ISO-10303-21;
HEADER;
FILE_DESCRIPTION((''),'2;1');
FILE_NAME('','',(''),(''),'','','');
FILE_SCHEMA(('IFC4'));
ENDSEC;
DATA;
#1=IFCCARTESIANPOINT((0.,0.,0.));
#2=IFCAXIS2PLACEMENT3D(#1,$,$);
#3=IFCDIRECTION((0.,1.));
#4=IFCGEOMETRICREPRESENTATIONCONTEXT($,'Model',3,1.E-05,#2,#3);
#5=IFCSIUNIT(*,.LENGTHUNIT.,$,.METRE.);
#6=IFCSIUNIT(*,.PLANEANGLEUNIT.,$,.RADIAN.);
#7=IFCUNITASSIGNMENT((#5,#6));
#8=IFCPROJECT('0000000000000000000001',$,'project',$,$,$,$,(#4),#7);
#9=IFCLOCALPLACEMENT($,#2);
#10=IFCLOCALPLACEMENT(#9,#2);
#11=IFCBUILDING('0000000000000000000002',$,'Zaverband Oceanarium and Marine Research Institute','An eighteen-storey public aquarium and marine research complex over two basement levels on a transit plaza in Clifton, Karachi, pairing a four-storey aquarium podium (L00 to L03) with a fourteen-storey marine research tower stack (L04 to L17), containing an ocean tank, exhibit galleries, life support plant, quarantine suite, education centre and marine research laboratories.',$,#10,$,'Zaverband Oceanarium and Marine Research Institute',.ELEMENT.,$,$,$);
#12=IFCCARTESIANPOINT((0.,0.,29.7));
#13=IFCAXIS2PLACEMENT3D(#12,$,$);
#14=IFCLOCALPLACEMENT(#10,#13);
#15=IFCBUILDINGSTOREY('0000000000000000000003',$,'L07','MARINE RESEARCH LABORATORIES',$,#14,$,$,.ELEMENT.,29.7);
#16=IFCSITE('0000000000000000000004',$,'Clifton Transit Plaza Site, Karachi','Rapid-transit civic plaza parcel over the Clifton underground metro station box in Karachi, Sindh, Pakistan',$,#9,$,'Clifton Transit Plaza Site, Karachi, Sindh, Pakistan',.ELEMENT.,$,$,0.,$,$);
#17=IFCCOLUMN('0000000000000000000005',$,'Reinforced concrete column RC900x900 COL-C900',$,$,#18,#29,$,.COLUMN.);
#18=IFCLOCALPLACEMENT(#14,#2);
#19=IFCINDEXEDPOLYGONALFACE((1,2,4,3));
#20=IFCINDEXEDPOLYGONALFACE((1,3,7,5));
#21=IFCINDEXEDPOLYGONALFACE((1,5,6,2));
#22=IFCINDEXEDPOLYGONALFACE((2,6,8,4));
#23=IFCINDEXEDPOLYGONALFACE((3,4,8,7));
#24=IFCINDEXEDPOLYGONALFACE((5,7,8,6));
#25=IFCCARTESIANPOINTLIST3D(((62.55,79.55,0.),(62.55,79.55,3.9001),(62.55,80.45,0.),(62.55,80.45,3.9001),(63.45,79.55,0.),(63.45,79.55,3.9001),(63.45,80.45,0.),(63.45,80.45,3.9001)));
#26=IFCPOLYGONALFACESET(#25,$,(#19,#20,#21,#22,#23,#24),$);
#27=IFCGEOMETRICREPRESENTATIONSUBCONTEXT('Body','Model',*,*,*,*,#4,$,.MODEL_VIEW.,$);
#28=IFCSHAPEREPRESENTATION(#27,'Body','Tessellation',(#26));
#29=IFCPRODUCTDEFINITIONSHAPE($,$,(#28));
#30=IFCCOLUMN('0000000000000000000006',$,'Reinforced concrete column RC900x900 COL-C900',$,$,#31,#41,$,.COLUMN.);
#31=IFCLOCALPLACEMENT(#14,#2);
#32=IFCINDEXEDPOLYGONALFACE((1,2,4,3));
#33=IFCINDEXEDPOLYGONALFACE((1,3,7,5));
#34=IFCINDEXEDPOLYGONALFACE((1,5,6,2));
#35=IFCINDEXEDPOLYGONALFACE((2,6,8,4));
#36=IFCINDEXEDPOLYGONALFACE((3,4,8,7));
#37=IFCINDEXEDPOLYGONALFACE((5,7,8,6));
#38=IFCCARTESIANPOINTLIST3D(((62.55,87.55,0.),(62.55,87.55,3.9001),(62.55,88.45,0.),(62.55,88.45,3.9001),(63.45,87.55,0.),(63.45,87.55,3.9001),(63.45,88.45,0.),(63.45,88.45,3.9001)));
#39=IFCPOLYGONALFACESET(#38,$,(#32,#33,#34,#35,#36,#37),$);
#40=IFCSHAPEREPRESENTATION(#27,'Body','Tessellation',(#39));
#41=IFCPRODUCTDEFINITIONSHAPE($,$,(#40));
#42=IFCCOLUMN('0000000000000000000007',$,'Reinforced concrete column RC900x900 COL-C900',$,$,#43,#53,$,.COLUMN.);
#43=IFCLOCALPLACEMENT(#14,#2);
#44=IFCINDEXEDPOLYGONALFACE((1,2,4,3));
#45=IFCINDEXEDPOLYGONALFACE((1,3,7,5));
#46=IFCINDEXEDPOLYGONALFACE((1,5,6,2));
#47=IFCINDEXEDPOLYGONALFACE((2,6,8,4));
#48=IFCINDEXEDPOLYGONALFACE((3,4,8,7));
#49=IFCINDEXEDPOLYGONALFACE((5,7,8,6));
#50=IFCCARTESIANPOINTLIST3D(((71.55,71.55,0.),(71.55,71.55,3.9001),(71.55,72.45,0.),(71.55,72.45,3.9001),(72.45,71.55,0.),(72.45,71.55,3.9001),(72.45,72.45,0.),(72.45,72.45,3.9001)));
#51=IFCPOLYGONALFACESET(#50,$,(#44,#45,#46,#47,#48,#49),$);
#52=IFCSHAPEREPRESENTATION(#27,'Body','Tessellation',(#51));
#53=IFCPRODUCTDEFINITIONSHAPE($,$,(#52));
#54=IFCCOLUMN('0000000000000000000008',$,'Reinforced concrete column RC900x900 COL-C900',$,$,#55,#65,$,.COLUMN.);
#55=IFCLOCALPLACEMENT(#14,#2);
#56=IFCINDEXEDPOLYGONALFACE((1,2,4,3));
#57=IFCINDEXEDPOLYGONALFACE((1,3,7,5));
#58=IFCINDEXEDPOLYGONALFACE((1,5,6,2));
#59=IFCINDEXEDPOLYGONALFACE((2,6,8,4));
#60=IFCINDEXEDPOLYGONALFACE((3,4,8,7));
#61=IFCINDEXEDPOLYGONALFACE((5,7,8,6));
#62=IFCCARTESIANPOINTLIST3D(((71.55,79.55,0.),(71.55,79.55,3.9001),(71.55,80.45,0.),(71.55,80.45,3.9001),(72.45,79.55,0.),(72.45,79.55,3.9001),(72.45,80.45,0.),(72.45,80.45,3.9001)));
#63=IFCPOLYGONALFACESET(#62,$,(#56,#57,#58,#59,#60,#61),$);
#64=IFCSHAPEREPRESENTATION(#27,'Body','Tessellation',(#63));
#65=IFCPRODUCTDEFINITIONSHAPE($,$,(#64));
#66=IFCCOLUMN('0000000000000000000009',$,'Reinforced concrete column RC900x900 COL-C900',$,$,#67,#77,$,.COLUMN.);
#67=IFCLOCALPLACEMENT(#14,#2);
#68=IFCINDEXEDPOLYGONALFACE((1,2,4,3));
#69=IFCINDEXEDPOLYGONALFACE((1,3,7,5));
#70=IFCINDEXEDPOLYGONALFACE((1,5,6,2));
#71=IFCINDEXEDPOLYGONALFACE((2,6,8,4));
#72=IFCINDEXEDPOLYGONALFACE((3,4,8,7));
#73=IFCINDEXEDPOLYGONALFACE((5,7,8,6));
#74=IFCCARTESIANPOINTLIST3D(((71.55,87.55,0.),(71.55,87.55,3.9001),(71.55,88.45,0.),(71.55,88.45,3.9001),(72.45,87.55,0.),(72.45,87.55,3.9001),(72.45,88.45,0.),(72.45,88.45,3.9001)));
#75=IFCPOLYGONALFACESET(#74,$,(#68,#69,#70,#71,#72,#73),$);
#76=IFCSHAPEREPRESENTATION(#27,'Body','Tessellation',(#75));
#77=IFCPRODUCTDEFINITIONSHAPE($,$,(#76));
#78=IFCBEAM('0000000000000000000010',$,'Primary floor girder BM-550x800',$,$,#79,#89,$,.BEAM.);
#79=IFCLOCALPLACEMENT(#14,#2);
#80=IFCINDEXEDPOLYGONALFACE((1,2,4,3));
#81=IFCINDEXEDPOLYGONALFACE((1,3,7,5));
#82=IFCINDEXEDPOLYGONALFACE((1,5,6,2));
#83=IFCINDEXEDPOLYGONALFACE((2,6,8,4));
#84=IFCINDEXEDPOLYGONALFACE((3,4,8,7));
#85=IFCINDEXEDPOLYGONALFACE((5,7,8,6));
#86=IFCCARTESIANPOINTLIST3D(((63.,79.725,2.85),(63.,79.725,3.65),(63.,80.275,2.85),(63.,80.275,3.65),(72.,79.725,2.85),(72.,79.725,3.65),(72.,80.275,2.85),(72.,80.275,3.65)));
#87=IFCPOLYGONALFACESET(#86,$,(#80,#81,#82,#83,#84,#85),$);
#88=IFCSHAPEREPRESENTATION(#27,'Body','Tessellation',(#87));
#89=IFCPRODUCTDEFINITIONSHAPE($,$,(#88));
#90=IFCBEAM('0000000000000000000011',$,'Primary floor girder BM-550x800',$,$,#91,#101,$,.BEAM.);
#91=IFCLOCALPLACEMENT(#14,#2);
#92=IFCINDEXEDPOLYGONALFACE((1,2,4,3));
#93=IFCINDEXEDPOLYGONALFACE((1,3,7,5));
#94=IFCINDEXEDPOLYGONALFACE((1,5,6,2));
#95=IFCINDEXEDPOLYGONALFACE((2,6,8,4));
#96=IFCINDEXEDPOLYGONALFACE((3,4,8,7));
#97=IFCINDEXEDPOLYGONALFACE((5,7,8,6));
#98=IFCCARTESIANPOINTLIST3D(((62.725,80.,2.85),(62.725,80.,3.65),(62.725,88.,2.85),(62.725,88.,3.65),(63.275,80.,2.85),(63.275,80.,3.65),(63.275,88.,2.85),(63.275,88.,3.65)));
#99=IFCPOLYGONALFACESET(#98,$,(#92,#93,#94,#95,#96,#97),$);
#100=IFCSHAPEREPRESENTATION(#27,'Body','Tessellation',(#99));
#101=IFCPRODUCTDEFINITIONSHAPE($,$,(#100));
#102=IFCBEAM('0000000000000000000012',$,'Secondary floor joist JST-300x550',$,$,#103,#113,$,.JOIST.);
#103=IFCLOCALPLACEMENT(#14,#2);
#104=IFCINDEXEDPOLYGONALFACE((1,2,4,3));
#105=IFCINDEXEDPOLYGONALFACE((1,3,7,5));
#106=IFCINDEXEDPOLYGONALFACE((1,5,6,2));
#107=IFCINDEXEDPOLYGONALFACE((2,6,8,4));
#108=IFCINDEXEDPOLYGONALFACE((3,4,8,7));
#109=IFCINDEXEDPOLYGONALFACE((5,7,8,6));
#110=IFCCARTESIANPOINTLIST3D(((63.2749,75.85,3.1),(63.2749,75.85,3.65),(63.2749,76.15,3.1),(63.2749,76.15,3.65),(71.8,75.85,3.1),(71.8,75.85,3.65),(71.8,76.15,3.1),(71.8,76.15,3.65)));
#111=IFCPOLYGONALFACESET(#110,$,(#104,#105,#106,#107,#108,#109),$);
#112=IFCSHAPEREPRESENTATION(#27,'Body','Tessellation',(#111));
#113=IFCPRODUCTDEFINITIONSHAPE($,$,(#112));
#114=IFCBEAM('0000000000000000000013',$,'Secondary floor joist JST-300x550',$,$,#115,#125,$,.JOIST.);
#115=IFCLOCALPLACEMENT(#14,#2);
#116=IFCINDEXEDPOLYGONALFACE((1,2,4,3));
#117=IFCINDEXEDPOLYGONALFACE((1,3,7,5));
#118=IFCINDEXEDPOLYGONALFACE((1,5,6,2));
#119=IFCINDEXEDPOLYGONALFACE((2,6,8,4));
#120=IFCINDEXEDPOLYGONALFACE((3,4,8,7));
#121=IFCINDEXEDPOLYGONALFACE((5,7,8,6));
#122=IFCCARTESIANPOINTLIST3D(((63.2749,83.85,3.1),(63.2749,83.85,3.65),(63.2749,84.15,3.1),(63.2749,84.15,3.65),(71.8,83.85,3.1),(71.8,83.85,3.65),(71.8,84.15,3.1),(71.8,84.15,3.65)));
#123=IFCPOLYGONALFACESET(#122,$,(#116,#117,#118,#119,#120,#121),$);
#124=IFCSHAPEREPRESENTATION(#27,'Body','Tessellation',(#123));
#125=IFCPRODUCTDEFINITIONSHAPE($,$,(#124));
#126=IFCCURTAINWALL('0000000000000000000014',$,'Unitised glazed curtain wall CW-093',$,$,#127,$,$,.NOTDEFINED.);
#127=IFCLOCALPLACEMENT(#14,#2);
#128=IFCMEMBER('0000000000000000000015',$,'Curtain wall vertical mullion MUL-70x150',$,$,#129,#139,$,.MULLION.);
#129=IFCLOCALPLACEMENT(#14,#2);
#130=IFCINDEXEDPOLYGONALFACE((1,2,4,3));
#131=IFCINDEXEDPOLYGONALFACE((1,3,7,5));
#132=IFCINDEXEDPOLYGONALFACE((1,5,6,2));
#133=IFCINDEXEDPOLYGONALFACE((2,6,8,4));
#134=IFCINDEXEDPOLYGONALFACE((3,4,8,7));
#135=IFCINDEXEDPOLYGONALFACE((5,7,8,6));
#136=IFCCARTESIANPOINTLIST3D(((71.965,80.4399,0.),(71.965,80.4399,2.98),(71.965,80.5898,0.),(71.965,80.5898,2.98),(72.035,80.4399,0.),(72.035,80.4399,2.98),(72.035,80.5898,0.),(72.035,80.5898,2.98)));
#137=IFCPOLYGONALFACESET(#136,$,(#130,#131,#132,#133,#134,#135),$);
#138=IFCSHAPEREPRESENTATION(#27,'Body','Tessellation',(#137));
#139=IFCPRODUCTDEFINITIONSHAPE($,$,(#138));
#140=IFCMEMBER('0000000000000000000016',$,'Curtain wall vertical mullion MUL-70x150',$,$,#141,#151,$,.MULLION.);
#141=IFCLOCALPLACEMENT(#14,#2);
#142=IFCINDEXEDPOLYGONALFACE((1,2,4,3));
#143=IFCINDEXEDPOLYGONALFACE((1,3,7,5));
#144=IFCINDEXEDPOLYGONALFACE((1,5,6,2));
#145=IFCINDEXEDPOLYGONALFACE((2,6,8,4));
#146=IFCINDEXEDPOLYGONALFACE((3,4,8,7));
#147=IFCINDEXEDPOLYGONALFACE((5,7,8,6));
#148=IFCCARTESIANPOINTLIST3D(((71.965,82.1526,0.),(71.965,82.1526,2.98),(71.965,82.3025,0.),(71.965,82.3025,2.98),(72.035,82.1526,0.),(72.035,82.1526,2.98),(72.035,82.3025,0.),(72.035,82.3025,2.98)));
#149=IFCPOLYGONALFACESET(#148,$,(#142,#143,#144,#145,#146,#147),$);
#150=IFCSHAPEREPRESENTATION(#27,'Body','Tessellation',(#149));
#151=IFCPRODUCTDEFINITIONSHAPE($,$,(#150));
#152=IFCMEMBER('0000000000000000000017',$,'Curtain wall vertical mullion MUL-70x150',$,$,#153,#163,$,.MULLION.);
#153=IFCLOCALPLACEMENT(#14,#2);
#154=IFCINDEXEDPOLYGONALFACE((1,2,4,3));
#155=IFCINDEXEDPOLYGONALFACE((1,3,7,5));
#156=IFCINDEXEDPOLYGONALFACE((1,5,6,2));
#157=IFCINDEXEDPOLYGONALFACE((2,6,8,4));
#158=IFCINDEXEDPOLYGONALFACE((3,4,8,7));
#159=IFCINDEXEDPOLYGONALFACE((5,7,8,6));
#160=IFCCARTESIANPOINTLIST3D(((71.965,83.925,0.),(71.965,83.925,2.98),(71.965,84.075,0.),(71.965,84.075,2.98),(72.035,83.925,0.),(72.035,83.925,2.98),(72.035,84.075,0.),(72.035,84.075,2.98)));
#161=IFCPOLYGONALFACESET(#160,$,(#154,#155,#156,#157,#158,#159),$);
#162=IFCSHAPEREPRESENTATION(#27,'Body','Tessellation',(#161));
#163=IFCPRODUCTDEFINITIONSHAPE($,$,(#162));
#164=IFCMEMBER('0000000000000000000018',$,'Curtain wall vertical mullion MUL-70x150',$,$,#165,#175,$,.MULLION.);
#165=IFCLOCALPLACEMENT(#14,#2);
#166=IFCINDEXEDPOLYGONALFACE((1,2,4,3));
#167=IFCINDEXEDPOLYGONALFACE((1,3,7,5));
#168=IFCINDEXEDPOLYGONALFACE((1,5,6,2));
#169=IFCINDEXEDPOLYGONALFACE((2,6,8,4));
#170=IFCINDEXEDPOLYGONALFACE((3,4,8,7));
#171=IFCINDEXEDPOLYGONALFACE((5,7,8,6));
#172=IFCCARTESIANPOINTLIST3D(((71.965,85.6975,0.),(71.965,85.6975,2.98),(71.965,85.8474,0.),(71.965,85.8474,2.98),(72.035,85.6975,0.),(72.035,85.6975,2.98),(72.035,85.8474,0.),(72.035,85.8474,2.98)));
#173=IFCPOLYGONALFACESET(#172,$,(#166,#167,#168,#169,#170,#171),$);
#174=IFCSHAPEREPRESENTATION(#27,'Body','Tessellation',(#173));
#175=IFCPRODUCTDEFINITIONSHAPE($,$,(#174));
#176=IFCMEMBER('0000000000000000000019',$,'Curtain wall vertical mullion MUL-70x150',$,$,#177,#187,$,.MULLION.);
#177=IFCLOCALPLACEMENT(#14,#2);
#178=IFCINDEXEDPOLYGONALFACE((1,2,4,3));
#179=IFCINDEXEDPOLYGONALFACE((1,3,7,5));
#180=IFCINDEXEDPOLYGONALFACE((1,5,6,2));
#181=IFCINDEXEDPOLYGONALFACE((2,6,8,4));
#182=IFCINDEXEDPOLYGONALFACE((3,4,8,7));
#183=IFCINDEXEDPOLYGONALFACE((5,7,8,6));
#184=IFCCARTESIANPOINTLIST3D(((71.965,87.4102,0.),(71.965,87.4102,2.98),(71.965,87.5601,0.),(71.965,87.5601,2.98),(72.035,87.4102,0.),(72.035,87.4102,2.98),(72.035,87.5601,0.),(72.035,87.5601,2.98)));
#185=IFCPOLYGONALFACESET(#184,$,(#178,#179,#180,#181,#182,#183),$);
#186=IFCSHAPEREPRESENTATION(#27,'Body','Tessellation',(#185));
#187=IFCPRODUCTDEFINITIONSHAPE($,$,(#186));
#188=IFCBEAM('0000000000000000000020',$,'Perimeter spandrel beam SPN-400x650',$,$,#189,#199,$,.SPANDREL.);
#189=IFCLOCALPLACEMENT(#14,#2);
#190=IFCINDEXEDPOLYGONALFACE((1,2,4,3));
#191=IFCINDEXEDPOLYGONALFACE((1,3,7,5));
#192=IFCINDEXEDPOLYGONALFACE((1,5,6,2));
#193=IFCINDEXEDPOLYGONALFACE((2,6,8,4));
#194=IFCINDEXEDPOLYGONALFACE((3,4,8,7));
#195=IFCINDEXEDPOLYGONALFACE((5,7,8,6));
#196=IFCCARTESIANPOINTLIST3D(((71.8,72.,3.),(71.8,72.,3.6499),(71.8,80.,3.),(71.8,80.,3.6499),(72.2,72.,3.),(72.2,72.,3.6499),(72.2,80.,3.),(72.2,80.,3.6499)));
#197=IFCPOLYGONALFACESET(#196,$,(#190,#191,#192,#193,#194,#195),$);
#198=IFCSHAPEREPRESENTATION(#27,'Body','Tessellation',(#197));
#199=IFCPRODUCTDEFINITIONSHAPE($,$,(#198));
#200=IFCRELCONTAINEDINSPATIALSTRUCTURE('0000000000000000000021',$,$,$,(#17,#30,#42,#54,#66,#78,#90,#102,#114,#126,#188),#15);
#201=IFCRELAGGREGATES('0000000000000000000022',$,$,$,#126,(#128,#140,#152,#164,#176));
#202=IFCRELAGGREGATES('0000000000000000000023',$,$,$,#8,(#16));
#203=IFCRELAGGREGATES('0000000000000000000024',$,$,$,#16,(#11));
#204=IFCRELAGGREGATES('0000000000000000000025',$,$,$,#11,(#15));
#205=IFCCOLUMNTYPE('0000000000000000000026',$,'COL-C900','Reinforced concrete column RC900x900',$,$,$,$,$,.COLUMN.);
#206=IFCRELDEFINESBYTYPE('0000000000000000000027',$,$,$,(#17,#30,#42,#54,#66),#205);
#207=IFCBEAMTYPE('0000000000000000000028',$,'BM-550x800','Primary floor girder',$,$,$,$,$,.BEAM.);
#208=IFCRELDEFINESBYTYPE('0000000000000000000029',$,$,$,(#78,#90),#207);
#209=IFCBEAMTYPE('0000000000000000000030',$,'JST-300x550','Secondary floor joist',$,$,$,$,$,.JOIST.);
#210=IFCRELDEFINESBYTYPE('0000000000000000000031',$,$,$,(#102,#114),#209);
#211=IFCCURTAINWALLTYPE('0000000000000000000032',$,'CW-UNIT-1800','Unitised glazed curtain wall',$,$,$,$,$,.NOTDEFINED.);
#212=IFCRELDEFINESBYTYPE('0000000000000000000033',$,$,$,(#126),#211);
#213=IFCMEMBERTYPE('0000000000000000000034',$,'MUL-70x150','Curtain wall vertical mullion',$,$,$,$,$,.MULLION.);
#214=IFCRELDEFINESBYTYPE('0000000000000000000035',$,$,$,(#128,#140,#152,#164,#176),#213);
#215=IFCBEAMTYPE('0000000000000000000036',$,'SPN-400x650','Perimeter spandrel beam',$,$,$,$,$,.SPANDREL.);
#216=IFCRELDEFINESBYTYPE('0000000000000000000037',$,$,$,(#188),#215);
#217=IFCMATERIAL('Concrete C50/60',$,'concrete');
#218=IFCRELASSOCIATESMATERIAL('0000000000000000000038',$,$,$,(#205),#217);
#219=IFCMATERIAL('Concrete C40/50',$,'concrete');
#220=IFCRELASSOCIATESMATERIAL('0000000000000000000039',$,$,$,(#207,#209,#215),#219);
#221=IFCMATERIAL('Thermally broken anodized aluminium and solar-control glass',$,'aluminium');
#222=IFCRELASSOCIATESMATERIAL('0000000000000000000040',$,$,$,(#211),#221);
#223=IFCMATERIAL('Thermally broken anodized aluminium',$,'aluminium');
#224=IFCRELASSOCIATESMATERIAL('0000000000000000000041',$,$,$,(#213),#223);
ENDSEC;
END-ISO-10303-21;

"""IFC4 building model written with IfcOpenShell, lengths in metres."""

from ifc_helpers import new_model, si_unit, direction, frame, origin, origin_2d, place, context, subcontext, project, spatial, rectangle, extrude, material, material_profile, profile_set, type_object, element, aggregate, save


model = new_model("IFC4")

# Units and contexts
model_context = context("Model", 3, precision=1e-05, world=origin(), true_north=direction((0.0, 1.0)))
body_context = subcontext(model_context, "Body", "Model", "MODEL_VIEW")
ifc_project = project(units=[si_unit("LENGTHUNIT", "METRE"), si_unit("PLANEANGLEUNIT", "RADIAN")], contexts=[model_context])

# Site, building, storey
site_placement = place(None, origin())
site = spatial("IfcSite", under=ifc_project, at=site_placement, Name="Clifton Transit Plaza Site, Karachi", Description="Rapid-transit civic plaza parcel over the Clifton underground metro station box in Karachi, Sindh, Pakistan", LongName="Clifton Transit Plaza Site, Karachi, Sindh, Pakistan", CompositionType="ELEMENT", RefElevation=0.0)
building_placement = place(site_placement, origin())
building = spatial("IfcBuilding", under=site, at=building_placement, Name="Zaverband Oceanarium and Marine Research Institute", Description="An eighteen-storey public aquarium and marine research complex over two basement levels on a transit plaza in Clifton, Karachi, pairing a four-storey aquarium podium (L00 to L03) with a fourteen-storey marine research tower stack (L04 to L17), containing an ocean tank, exhibit galleries, life support plant, quarantine suite, education centre and marine research laboratories.", LongName="Zaverband Oceanarium and Marine Research Institute", CompositionType="ELEMENT")
storey_placement = place(building_placement, frame((0.0, 0.0, 29.7)))
storey = spatial("IfcBuildingStorey", under=building, at=storey_placement, Name="L07", Description="MARINE RESEARCH LABORATORIES", CompositionType="ELEMENT", Elevation=29.7)

# Columns
ifc_material_1 = material(Name="Concrete C50/60", Category="concrete")
ifc_material_profile_1 = material_profile(ifc_material_1, rectangle(XDim=0.8999, YDim=0.8999, at=origin_2d()), Name="RC900x900")
ifc_profile_set_1 = profile_set([ifc_material_profile_1], Name="Concrete C50/60")
column_type = type_object("IfcColumnType", Name="COL-C900", Description="Reinforced concrete column RC900x900", PredefinedType="COLUMN", material=ifc_profile_set_1)
for number, where, z_axis, x_axis, name in (
    (1, (63.0, 80.0, 0.0), (0.0, 0.0, 1.0), (1.0, 0.0, 0.0), "Reinforced concrete column RC900x900 COL-C900"),
    (2, (63.0, 88.0, 0.0), (0.0, 0.0, 1.0), (1.0, 0.0, 0.0), "Reinforced concrete column RC900x900 COL-C900"),
    (3, (72.0, 72.0, 0.0), (0.0, 0.0, 1.0), (1.0, 0.0, 0.0), "Reinforced concrete column RC900x900 COL-C900"),
    (4, (72.0, 80.0, 0.0), (0.0, 0.0, 1.0), (1.0, 0.0, 0.0), "Reinforced concrete column RC900x900 COL-C900"),
    (5, (72.0, 88.0, 0.0), (0.0, 0.0, 1.0), (1.0, 0.0, 0.0), "Reinforced concrete column RC900x900 COL-C900"),
):
    element("IfcColumn", number, at=place(storey_placement, frame(where, z_axis=z_axis, x_axis=x_axis)), inside=storey, type_object=column_type, Name=name, PredefinedType="COLUMN", context=body_context, shape_type="SweptSolid", body=[
        extrude(rectangle(XDim=0.8999, YDim=0.8999, at=origin_2d()), origin(), (0.0, 0.0, 1.0), 3.9001),
    ])

# Beams
ifc_material_2 = material(Name="Concrete C40/50", Category="concrete")
ifc_material_profile_2 = material_profile(ifc_material_2, rectangle(XDim=0.55, YDim=0.8, at=origin_2d()), Name="RC550x800")
ifc_profile_set_2 = profile_set([ifc_material_profile_2], Name="Concrete C40/50")
beam_type_1 = type_object("IfcBeamType", Name="BM-550x800", Description="Primary floor girder", PredefinedType="BEAM", material=ifc_profile_set_2)
beam_1_placement = place(storey_placement, frame((63.0, 80.0, 3.25), z_axis=(1.0, 0.0, 0.0), x_axis=(0.0, 1.0, 0.0)))
element("IfcBeam", 6, at=beam_1_placement, inside=storey, type_object=beam_type_1, Name="Primary floor girder BM-550x800", PredefinedType="BEAM", context=body_context, shape_type="SweptSolid", body=[
    extrude(rectangle(XDim=0.55, YDim=0.8, at=origin_2d()), origin(), (0.0, 0.0, 1.0), 9.0),
])
beam_2_placement = place(storey_placement, frame((63.0, 80.0, 3.25), z_axis=(0.0, 1.0, 0.0), x_axis=(-1.0, 0.0, 0.0)))
element("IfcBeam", 7, at=beam_2_placement, inside=storey, type_object=beam_type_1, Name="Primary floor girder BM-550x800", PredefinedType="BEAM", context=body_context, shape_type="SweptSolid", body=[
    extrude(rectangle(XDim=0.55, YDim=0.8, at=origin_2d()), origin(), (0.0, 0.0, 1.0), 8.0),
])
ifc_material_profile_3 = material_profile(ifc_material_2, rectangle(XDim=0.3, YDim=0.55, at=origin_2d()), Name="RC300x550")
ifc_profile_set_3 = profile_set([ifc_material_profile_3], Name="Concrete C40/50")
beam_type_2 = type_object("IfcBeamType", Name="JST-300x550", Description="Secondary floor joist", PredefinedType="JOIST", material=ifc_profile_set_3)
for number, where, z_axis, x_axis, name in (
    (8, (63.2749, 76.0, 3.375), (1.0, 0.0, 0.0), (0.0, 1.0, 0.0), "Secondary floor joist JST-300x550"),
    (9, (63.2749, 84.0, 3.375), (1.0, 0.0, 0.0), (0.0, 1.0, 0.0), "Secondary floor joist JST-300x550"),
):
    element("IfcBeam", number, at=place(storey_placement, frame(where, z_axis=z_axis, x_axis=x_axis)), inside=storey, type_object=beam_type_2, Name=name, PredefinedType="JOIST", context=body_context, shape_type="SweptSolid", body=[
        extrude(rectangle(XDim=0.3, YDim=0.55, at=origin_2d()), origin(), (0.0, 0.0, 1.0), 8.5251),
    ])

# Curtain wall, members
ifc_material_3 = material(Name="Thermally broken anodized aluminium and solar-control glass", Category="aluminium")
curtain_wall_type = type_object("IfcCurtainWallType", Name="CW-UNIT-1800", Description="Unitised glazed curtain wall", PredefinedType="NOTDEFINED", material=ifc_material_3)
curtain_wall_placement = place(storey_placement, origin())
curtain_wall = element("IfcCurtainWall", 10, at=curtain_wall_placement, inside=storey, type_object=curtain_wall_type, Name="Unitised glazed curtain wall CW-093", PredefinedType="NOTDEFINED")
ifc_material_4 = material(Name="Thermally broken anodized aluminium", Category="aluminium")
ifc_material_profile_4 = material_profile(ifc_material_4, rectangle(XDim=0.0701, YDim=0.1499, at=origin_2d()), Name="AL-MUL-70x150")
ifc_profile_set_4 = profile_set([ifc_material_profile_4], Name="Thermally broken anodized aluminium")
member_type_1 = type_object("IfcMemberType", Name="MUL-70x150", Description="Curtain wall vertical mullion", PredefinedType="MULLION", material=ifc_profile_set_4)
member_1_placement = place(storey_placement, frame((72.0, 80.5149, 0.0), z_axis=(0.0, 0.0, 1.0), x_axis=(1.0, 0.0, 0.0)))
member_1 = element("IfcMember", 11, at=member_1_placement, type_object=member_type_1, Name="Curtain wall vertical mullion MUL-70x150", PredefinedType="MULLION", context=body_context, shape_type="SweptSolid", body=[
    extrude(rectangle(XDim=0.0701, YDim=0.1499, at=origin_2d()), origin(), (0.0, 0.0, 1.0), 2.98),
])
member_2_placement = place(storey_placement, frame((72.0, 82.2275, 0.0), z_axis=(0.0, 0.0, 1.0), x_axis=(1.0, 0.0, 0.0)))
member_2 = element("IfcMember", 12, at=member_2_placement, type_object=member_type_1, Name="Curtain wall vertical mullion MUL-70x150", PredefinedType="MULLION", context=body_context, shape_type="SweptSolid", body=[
    extrude(rectangle(XDim=0.0701, YDim=0.1499, at=origin_2d()), origin(), (0.0, 0.0, 1.0), 2.98),
])
member_3_placement = place(storey_placement, frame((72.0, 84.0, 0.0), z_axis=(0.0, 0.0, 1.0), x_axis=(1.0, 0.0, 0.0)))
member_3 = element("IfcMember", 13, at=member_3_placement, type_object=member_type_1, Name="Curtain wall vertical mullion MUL-70x150", PredefinedType="MULLION", context=body_context, shape_type="SweptSolid", body=[
    extrude(rectangle(XDim=0.0701, YDim=0.1499, at=origin_2d()), origin(), (0.0, 0.0, 1.0), 2.98),
])
member_4_placement = place(storey_placement, frame((72.0, 85.7725, 0.0), z_axis=(0.0, 0.0, 1.0), x_axis=(1.0, 0.0, 0.0)))
member_4 = element("IfcMember", 14, at=member_4_placement, type_object=member_type_1, Name="Curtain wall vertical mullion MUL-70x150", PredefinedType="MULLION", context=body_context, shape_type="SweptSolid", body=[
    extrude(rectangle(XDim=0.0701, YDim=0.1499, at=origin_2d()), origin(), (0.0, 0.0, 1.0), 2.98),
])
member_5_placement = place(storey_placement, frame((72.0, 87.4851, 0.0), z_axis=(0.0, 0.0, 1.0), x_axis=(1.0, 0.0, 0.0)))
member_5 = element("IfcMember", 15, at=member_5_placement, type_object=member_type_1, Name="Curtain wall vertical mullion MUL-70x150", PredefinedType="MULLION", context=body_context, shape_type="SweptSolid", body=[
    extrude(rectangle(XDim=0.0701, YDim=0.1499, at=origin_2d()), origin(), (0.0, 0.0, 1.0), 2.98),
])

# Beam
ifc_material_profile_5 = material_profile(ifc_material_2, rectangle(XDim=0.3999, YDim=0.6499, at=origin_2d()), Name="RC400x650")
ifc_profile_set_5 = profile_set([ifc_material_profile_5], Name="Concrete C40/50")
beam_type_3 = type_object("IfcBeamType", Name="SPN-400x650", Description="Perimeter spandrel beam", PredefinedType="SPANDREL", material=ifc_profile_set_5)
for number, where, z_axis, x_axis, name in (
    (16, (72.0, 72.0, 3.325), (0.0, 1.0, 0.0), (-1.0, 0.0, 0.0), "Perimeter spandrel beam SPN-400x650"),
):
    element("IfcBeam", number, at=place(storey_placement, frame(where, z_axis=z_axis, x_axis=x_axis)), inside=storey, type_object=beam_type_3, Name=name, PredefinedType="SPANDREL", context=body_context, shape_type="SweptSolid", body=[
        extrude(rectangle(XDim=0.3999, YDim=0.6499, at=origin_2d()), origin(), (0.0, 0.0, 1.0), 8.0),
    ])

aggregate(curtain_wall, [member_1, member_2, member_3, member_4, member_5])

save(model, "model.ifc")
